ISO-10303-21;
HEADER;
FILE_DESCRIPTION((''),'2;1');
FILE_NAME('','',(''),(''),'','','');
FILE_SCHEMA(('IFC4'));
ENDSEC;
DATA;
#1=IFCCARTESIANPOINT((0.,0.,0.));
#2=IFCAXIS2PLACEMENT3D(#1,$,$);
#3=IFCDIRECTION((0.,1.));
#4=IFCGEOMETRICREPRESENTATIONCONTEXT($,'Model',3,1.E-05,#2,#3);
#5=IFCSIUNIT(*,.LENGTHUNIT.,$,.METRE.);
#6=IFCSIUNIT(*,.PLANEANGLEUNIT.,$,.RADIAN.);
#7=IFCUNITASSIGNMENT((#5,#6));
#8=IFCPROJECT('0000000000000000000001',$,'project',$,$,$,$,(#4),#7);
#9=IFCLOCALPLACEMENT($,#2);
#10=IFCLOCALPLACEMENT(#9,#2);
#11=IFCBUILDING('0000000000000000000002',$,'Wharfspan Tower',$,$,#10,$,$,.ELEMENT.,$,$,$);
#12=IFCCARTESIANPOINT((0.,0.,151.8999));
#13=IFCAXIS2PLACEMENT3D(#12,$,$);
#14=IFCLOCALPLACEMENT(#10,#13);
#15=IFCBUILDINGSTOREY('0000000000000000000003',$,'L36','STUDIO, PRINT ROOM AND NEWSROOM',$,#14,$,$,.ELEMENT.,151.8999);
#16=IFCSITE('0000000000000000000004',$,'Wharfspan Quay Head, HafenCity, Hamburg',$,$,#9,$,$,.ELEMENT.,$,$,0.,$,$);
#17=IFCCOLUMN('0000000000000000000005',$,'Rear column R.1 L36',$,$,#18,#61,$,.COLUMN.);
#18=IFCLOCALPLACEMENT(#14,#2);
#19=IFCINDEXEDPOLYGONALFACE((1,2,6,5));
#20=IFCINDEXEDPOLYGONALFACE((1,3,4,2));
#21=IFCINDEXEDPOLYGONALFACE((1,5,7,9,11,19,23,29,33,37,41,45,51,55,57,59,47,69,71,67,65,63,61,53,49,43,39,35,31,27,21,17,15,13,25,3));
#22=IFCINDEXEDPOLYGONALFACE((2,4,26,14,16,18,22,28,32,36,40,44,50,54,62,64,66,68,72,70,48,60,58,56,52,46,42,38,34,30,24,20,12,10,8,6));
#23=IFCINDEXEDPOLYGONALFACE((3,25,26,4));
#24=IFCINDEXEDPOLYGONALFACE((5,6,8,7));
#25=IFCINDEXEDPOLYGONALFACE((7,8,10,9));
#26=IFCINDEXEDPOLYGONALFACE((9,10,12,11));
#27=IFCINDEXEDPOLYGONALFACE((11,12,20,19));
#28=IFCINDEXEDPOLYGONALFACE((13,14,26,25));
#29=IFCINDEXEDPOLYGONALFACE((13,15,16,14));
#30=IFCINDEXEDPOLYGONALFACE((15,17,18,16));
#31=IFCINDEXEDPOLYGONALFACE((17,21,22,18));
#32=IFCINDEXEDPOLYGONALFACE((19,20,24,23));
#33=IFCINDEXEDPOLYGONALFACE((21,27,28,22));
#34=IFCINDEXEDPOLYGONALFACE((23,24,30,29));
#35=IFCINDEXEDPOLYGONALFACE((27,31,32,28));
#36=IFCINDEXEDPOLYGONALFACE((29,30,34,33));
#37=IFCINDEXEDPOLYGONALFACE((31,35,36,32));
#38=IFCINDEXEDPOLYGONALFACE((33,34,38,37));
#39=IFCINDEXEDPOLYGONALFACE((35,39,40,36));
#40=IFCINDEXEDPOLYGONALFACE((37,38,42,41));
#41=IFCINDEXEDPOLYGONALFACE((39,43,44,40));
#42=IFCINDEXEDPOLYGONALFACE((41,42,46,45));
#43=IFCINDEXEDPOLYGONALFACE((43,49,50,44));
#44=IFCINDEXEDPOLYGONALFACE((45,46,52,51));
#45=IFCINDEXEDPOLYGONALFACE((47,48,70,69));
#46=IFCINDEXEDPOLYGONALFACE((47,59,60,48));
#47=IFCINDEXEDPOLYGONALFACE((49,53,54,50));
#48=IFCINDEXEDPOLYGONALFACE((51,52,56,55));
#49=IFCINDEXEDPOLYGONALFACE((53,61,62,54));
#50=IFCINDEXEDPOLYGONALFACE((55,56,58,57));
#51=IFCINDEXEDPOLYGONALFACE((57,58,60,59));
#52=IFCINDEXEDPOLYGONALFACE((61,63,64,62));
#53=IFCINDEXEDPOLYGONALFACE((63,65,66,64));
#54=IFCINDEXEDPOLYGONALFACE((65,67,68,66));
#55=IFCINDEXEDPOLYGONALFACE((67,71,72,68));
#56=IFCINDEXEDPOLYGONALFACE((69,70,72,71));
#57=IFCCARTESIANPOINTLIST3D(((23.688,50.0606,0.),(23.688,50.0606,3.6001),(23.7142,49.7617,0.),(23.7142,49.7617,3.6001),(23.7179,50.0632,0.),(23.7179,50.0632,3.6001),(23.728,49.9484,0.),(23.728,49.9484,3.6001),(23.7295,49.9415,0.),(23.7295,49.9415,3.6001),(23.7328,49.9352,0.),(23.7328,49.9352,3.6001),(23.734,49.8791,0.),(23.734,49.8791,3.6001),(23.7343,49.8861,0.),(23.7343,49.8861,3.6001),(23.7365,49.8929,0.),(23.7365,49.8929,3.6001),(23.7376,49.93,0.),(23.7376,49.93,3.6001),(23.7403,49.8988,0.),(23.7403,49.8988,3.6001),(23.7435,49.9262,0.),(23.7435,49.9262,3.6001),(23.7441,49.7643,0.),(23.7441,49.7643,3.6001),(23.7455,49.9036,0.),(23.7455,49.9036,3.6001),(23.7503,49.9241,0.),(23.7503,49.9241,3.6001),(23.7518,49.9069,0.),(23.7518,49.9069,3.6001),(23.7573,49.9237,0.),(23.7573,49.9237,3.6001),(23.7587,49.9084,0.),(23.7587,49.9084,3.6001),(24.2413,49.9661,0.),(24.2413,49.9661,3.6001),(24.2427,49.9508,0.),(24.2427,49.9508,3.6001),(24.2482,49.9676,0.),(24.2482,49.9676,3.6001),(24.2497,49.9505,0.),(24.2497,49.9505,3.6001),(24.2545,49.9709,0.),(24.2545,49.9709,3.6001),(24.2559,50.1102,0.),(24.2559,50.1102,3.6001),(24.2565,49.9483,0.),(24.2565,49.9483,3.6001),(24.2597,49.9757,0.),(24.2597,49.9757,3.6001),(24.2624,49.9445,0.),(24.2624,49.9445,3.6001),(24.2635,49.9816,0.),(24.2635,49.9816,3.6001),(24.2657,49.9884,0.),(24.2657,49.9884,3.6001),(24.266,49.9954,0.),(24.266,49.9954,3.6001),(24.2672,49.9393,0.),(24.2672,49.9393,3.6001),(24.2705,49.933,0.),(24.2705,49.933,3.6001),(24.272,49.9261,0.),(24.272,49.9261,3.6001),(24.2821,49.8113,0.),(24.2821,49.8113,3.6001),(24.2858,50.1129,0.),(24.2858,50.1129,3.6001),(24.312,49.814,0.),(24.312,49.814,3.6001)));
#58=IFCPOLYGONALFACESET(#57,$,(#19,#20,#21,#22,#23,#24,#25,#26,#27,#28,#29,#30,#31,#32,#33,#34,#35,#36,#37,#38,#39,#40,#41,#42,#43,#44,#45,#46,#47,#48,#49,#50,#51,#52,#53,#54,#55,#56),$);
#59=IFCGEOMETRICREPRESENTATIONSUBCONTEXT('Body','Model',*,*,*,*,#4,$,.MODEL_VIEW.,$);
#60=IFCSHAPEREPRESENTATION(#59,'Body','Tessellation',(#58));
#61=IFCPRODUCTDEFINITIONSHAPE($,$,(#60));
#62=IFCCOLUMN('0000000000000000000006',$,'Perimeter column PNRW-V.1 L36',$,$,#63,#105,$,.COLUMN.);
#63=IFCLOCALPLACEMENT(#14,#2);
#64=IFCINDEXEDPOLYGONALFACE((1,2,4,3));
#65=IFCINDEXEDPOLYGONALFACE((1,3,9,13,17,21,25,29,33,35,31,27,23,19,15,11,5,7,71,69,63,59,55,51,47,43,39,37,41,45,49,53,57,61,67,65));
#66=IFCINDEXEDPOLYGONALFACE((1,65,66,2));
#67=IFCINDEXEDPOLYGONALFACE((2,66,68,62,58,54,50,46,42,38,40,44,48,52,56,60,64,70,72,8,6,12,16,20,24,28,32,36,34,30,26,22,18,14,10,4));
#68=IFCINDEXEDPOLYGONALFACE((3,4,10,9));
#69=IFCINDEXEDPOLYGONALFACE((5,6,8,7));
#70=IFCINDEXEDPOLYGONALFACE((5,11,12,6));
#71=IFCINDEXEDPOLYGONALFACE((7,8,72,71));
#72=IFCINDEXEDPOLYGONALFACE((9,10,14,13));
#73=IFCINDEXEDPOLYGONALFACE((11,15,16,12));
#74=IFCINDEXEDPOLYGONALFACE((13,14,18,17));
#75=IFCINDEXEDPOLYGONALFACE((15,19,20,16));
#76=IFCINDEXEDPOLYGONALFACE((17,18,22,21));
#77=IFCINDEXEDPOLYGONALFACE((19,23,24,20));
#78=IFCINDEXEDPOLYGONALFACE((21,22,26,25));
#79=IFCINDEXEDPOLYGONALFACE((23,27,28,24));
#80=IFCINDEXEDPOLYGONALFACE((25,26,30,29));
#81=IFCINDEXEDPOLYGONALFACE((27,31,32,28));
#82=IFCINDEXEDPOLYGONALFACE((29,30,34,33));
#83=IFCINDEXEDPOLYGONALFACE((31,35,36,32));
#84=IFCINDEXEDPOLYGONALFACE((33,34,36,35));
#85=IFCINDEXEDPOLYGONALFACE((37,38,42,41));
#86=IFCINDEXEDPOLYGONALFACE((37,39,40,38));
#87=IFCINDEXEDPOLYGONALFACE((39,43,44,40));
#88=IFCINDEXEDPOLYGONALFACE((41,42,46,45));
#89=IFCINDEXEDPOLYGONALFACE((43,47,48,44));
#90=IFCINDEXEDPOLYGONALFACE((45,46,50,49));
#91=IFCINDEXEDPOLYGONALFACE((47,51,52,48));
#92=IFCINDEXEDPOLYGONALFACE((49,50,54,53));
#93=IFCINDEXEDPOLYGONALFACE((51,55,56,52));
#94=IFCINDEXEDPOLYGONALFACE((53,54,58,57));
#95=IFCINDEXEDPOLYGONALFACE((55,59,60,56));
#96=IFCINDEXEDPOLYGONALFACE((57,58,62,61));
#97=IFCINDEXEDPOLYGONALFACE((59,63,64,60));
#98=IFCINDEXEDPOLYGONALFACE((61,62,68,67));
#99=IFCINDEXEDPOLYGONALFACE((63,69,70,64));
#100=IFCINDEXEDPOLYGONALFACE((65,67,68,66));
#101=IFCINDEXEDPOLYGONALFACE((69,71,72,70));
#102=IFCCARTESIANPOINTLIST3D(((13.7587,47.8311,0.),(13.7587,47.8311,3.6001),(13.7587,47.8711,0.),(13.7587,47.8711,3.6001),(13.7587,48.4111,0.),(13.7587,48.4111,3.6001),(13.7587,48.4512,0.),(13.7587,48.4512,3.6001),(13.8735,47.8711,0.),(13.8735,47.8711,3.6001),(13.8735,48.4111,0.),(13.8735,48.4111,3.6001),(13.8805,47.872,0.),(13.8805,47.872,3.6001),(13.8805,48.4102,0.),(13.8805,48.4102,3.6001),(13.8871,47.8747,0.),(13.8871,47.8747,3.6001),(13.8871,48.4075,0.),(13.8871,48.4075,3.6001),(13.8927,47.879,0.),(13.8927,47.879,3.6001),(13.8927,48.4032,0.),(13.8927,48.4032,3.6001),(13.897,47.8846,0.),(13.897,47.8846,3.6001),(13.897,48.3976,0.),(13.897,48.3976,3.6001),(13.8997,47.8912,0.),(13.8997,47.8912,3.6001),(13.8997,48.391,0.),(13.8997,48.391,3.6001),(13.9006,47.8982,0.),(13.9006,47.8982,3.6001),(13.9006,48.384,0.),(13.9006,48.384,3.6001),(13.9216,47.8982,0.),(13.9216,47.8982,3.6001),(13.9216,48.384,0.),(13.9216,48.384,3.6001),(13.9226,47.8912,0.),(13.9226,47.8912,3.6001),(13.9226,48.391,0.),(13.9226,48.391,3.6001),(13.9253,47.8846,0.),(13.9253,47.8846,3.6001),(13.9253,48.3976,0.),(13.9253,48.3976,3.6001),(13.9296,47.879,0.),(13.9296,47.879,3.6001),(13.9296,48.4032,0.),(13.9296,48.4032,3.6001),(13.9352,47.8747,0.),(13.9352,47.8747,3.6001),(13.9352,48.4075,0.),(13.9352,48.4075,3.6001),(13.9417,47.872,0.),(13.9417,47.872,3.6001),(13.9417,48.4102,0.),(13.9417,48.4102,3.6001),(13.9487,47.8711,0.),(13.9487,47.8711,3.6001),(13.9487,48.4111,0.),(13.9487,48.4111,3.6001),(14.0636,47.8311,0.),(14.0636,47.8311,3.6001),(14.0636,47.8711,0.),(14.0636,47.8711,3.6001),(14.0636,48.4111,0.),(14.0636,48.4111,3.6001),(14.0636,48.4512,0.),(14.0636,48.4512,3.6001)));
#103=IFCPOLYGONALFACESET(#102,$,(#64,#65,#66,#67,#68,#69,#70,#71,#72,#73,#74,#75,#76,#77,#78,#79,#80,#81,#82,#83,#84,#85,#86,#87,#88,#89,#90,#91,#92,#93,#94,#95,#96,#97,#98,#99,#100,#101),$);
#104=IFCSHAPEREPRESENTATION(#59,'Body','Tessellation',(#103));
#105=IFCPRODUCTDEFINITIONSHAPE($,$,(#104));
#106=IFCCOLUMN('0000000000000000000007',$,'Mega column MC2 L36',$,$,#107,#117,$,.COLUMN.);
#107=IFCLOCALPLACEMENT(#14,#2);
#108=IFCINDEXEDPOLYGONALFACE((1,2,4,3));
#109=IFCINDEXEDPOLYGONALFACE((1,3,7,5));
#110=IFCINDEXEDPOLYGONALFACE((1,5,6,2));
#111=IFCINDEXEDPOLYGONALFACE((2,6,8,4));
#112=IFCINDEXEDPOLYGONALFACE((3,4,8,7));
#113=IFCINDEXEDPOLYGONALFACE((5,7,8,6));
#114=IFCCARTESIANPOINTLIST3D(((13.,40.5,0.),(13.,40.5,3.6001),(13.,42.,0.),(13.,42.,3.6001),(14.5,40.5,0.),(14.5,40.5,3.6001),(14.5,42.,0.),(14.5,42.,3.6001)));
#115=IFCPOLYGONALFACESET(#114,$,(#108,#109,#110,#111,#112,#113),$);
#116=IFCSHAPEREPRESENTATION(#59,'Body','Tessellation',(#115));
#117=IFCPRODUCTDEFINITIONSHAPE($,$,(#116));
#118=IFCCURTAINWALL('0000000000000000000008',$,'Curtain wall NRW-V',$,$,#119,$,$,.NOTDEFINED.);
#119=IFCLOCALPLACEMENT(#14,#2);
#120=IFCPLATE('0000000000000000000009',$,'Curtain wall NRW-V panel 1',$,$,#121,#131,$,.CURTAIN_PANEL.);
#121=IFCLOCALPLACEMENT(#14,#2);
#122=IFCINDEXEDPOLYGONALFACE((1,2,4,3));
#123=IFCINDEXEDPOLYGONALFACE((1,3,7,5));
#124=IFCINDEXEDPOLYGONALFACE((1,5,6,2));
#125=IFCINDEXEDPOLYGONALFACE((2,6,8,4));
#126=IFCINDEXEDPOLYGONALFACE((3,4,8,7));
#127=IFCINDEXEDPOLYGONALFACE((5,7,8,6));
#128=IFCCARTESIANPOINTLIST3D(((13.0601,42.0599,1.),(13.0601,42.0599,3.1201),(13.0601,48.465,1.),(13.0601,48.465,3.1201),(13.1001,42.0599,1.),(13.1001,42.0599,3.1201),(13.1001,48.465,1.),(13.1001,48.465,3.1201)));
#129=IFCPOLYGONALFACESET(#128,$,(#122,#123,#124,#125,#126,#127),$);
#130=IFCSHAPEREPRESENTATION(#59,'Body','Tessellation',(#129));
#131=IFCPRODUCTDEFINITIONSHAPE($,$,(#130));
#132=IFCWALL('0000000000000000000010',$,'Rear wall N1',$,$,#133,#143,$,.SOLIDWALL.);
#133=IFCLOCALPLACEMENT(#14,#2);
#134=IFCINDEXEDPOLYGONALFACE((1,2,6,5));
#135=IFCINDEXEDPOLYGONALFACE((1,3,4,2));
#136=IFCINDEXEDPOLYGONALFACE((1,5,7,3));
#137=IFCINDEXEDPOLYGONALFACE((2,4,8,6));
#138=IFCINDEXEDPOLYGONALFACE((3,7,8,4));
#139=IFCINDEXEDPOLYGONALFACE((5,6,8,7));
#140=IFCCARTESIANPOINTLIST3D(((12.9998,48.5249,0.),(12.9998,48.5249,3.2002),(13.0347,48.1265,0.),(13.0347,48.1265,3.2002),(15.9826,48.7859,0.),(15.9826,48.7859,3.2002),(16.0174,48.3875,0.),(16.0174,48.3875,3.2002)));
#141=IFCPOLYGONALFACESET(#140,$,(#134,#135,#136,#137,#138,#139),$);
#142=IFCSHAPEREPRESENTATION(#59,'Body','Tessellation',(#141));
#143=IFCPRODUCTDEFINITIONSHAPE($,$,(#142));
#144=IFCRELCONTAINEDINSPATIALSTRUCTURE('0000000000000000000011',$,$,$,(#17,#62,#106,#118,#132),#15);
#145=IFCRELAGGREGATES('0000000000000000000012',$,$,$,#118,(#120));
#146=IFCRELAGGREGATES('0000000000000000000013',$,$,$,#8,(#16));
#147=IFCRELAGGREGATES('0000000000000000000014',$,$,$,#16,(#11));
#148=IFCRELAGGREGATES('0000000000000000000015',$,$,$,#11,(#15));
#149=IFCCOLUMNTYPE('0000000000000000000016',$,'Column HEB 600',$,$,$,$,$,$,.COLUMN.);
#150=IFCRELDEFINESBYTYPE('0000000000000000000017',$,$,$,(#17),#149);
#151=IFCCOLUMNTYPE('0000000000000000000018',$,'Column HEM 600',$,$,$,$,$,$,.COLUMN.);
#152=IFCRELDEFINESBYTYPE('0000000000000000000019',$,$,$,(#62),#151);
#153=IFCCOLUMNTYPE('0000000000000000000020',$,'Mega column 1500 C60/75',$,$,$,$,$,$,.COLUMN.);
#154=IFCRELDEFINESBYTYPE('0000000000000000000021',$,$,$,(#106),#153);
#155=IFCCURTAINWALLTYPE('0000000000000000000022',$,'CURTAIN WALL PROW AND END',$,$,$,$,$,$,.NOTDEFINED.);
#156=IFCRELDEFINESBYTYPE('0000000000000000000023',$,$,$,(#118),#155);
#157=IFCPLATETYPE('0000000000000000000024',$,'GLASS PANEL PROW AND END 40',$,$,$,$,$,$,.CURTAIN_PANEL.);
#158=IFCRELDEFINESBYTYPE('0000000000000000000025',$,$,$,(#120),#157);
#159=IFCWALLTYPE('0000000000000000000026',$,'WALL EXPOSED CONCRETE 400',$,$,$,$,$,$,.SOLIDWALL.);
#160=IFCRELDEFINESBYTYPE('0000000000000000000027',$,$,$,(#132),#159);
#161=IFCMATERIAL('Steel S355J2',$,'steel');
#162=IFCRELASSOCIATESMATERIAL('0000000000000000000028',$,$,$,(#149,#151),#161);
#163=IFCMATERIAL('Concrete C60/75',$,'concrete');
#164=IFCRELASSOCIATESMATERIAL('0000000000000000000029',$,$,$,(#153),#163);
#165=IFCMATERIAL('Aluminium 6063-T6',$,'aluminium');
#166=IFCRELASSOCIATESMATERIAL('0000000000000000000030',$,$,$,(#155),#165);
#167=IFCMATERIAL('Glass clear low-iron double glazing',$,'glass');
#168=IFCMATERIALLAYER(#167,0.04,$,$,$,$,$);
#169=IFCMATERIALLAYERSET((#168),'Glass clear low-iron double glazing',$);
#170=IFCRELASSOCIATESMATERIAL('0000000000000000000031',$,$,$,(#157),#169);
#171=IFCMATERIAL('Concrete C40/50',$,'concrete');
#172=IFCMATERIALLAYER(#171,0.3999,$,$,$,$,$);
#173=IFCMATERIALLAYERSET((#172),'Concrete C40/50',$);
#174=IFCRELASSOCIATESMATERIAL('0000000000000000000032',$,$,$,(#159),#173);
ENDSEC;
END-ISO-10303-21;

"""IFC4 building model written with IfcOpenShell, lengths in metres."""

from ifc_helpers import new_model, si_unit, direction, frame, frame_2d, origin, origin_2d, place, context, subcontext, project, spatial, rectangle, i_section, extrude, material, layer, layer_set, material_profile, profile_set, type_object, element, aggregate, save


model = new_model("IFC4")

# Units and contexts
model_context = context("Model", 3, precision=1e-05, world=origin(), true_north=direction((0.0, 1.0)))
body_context = subcontext(model_context, "Body", "Model", "MODEL_VIEW")
ifc_project = project(units=[si_unit("LENGTHUNIT", "METRE"), si_unit("PLANEANGLEUNIT", "RADIAN")], contexts=[model_context])

# Site, building, storey
site_placement = place(None, origin())
site = spatial("IfcSite", under=ifc_project, at=site_placement, Name="Wharfspan Quay Head, HafenCity, Hamburg", CompositionType="ELEMENT", RefElevation=0.0)
building_placement = place(site_placement, origin())
building = spatial("IfcBuilding", under=site, at=building_placement, Name="Wharfspan Tower", CompositionType="ELEMENT")
storey_placement = place(building_placement, frame((0.0, 0.0, 151.8999)))
storey = spatial("IfcBuildingStorey", under=building, at=storey_placement, Name="L36", Description="STUDIO, PRINT ROOM AND NEWSROOM", CompositionType="ELEMENT", Elevation=151.8999)

# Columns
ifc_material_1 = material(Name="Steel S355J2", Category="steel")
ifc_material_profile_1 = material_profile(ifc_material_1, i_section(OverallWidth=0.3, OverallDepth=0.6001, WebThickness=0.0154, FlangeThickness=0.03, FilletRadius=0.0271, at=origin_2d()))
ifc_profile_set_1 = profile_set([ifc_material_profile_1], Name="Steel S355J2")
column_type_1 = type_object("IfcColumnType", Name="Column HEB 600", PredefinedType="COLUMN", material=ifc_profile_set_1)
column_1_placement = place(storey_placement, frame((24.0, 49.9373, 0.0), z_axis=(0.0, 0.0, 1.0), x_axis=(-0.087156, 0.996198, 0.0)))
element("IfcColumn", 1, at=column_1_placement, inside=storey, type_object=column_type_1, Name="Rear column R.1 L36", PredefinedType="COLUMN", context=body_context, shape_type="SweptSolid", body=[
    extrude(i_section(OverallWidth=0.3, OverallDepth=0.6001, WebThickness=0.0154, FlangeThickness=0.03, FilletRadius=0.0271, at=origin_2d()), origin(), (0.0, 0.0, 1.0), 3.6001),
])
ifc_material_profile_2 = material_profile(ifc_material_1, i_section(OverallWidth=0.3049, OverallDepth=0.6201, WebThickness=0.021, FlangeThickness=0.04, FilletRadius=0.0271, at=origin_2d()))
ifc_profile_set_2 = profile_set([ifc_material_profile_2], Name="Steel S355J2")
column_type_2 = type_object("IfcColumnType", Name="Column HEM 600", PredefinedType="COLUMN", material=ifc_profile_set_2)
column_2_placement = place(storey_placement, frame((13.9111, 48.1411, 0.0), z_axis=(0.0, 0.0, 1.0), x_axis=(-1.0, 0.0, 0.0)))
element("IfcColumn", 2, at=column_2_placement, inside=storey, type_object=column_type_2, Name="Perimeter column PNRW-V.1 L36", PredefinedType="COLUMN", context=body_context, shape_type="SweptSolid", body=[
    extrude(i_section(OverallWidth=0.3049, OverallDepth=0.6201, WebThickness=0.021, FlangeThickness=0.04, FilletRadius=0.0271, at=origin_2d()), origin(), (0.0, 0.0, 1.0), 3.6001),
])
ifc_material_2 = material(Name="Concrete C60/75", Category="concrete")
ifc_material_profile_3 = material_profile(ifc_material_2, rectangle(XDim=1.5, YDim=1.5, at=origin_2d()))
ifc_profile_set_3 = profile_set([ifc_material_profile_3], Name="Concrete C60/75")
column_type_3 = type_object("IfcColumnType", Name="Mega column 1500 C60/75", PredefinedType="COLUMN", material=ifc_profile_set_3)
column_3_placement = place(storey_placement, frame((13.75, 41.25, 0.0), z_axis=(0.0, 0.0, 1.0), x_axis=(1.0, 0.0, 0.0)))
element("IfcColumn", 3, at=column_3_placement, inside=storey, type_object=column_type_3, Name="Mega column MC2 L36", PredefinedType="COLUMN", context=body_context, shape_type="SweptSolid", body=[
    extrude(rectangle(XDim=1.5, YDim=1.5, at=origin_2d()), origin(), (0.0, 0.0, 1.0), 3.6001),
])

# Curtain wall, plate
ifc_material_3 = material(Name="Aluminium 6063-T6", Category="aluminium")
curtain_wall_type = type_object("IfcCurtainWallType", Name="CURTAIN WALL PROW AND END", PredefinedType="NOTDEFINED", material=ifc_material_3)
curtain_wall_placement = place(storey_placement, origin())
curtain_wall = element("IfcCurtainWall", 4, at=curtain_wall_placement, inside=storey, type_object=curtain_wall_type, Name="Curtain wall NRW-V", PredefinedType="NOTDEFINED")
ifc_material_4 = material(Name="Glass clear low-iron double glazing", Category="glass")
ifc_layer_1 = layer(ifc_material_4, 0.04)
ifc_layer_set_1 = layer_set([ifc_layer_1], Name="Glass clear low-iron double glazing")
plate_type = type_object("IfcPlateType", Name="GLASS PANEL PROW AND END 40", PredefinedType="CURTAIN_PANEL", material=ifc_layer_set_1)
plate_placement = place(storey_placement, frame((13.0801, 45.2625, 1.0), z_axis=(0.0, 0.0, 1.0), x_axis=(0.0, -1.0, 0.0)))
plate = element("IfcPlate", 5, at=plate_placement, type_object=plate_type, Name="Curtain wall NRW-V panel 1", PredefinedType="CURTAIN_PANEL", context=body_context, shape_type="SweptSolid", body=[
    extrude(rectangle(XDim=6.405, YDim=0.04, at=origin_2d()), origin(), (0.0, 0.0, 1.0), 2.1201),
])
aggregate(curtain_wall, [plate])

# Wall
ifc_material_5 = material(Name="Concrete C40/50", Category="concrete")
ifc_layer_2 = layer(ifc_material_5, 0.3999)
ifc_layer_set_2 = layer_set([ifc_layer_2], Name="Concrete C40/50")
wall_type = type_object("IfcWallType", Name="WALL EXPOSED CONCRETE 400", PredefinedType="SOLIDWALL", material=ifc_layer_set_2)
wall_placement = place(storey_placement, frame((16.0, 48.5867, 0.0), z_axis=(0.0, 0.0, 1.0), x_axis=(-0.996194, -0.087168, 0.0)))
element("IfcWall", 6, at=wall_placement, inside=storey, type_object=wall_type, Name="Rear wall N1", PredefinedType="SOLIDWALL", context=body_context, shape_type="SweptSolid", body=[
    extrude(rectangle(XDim=2.9941, YDim=0.3999, at=frame_2d((1.4971, 0.0))), origin(), (0.0, 0.0, 1.0), 3.2002),
])

save(model, "model.ifc")
